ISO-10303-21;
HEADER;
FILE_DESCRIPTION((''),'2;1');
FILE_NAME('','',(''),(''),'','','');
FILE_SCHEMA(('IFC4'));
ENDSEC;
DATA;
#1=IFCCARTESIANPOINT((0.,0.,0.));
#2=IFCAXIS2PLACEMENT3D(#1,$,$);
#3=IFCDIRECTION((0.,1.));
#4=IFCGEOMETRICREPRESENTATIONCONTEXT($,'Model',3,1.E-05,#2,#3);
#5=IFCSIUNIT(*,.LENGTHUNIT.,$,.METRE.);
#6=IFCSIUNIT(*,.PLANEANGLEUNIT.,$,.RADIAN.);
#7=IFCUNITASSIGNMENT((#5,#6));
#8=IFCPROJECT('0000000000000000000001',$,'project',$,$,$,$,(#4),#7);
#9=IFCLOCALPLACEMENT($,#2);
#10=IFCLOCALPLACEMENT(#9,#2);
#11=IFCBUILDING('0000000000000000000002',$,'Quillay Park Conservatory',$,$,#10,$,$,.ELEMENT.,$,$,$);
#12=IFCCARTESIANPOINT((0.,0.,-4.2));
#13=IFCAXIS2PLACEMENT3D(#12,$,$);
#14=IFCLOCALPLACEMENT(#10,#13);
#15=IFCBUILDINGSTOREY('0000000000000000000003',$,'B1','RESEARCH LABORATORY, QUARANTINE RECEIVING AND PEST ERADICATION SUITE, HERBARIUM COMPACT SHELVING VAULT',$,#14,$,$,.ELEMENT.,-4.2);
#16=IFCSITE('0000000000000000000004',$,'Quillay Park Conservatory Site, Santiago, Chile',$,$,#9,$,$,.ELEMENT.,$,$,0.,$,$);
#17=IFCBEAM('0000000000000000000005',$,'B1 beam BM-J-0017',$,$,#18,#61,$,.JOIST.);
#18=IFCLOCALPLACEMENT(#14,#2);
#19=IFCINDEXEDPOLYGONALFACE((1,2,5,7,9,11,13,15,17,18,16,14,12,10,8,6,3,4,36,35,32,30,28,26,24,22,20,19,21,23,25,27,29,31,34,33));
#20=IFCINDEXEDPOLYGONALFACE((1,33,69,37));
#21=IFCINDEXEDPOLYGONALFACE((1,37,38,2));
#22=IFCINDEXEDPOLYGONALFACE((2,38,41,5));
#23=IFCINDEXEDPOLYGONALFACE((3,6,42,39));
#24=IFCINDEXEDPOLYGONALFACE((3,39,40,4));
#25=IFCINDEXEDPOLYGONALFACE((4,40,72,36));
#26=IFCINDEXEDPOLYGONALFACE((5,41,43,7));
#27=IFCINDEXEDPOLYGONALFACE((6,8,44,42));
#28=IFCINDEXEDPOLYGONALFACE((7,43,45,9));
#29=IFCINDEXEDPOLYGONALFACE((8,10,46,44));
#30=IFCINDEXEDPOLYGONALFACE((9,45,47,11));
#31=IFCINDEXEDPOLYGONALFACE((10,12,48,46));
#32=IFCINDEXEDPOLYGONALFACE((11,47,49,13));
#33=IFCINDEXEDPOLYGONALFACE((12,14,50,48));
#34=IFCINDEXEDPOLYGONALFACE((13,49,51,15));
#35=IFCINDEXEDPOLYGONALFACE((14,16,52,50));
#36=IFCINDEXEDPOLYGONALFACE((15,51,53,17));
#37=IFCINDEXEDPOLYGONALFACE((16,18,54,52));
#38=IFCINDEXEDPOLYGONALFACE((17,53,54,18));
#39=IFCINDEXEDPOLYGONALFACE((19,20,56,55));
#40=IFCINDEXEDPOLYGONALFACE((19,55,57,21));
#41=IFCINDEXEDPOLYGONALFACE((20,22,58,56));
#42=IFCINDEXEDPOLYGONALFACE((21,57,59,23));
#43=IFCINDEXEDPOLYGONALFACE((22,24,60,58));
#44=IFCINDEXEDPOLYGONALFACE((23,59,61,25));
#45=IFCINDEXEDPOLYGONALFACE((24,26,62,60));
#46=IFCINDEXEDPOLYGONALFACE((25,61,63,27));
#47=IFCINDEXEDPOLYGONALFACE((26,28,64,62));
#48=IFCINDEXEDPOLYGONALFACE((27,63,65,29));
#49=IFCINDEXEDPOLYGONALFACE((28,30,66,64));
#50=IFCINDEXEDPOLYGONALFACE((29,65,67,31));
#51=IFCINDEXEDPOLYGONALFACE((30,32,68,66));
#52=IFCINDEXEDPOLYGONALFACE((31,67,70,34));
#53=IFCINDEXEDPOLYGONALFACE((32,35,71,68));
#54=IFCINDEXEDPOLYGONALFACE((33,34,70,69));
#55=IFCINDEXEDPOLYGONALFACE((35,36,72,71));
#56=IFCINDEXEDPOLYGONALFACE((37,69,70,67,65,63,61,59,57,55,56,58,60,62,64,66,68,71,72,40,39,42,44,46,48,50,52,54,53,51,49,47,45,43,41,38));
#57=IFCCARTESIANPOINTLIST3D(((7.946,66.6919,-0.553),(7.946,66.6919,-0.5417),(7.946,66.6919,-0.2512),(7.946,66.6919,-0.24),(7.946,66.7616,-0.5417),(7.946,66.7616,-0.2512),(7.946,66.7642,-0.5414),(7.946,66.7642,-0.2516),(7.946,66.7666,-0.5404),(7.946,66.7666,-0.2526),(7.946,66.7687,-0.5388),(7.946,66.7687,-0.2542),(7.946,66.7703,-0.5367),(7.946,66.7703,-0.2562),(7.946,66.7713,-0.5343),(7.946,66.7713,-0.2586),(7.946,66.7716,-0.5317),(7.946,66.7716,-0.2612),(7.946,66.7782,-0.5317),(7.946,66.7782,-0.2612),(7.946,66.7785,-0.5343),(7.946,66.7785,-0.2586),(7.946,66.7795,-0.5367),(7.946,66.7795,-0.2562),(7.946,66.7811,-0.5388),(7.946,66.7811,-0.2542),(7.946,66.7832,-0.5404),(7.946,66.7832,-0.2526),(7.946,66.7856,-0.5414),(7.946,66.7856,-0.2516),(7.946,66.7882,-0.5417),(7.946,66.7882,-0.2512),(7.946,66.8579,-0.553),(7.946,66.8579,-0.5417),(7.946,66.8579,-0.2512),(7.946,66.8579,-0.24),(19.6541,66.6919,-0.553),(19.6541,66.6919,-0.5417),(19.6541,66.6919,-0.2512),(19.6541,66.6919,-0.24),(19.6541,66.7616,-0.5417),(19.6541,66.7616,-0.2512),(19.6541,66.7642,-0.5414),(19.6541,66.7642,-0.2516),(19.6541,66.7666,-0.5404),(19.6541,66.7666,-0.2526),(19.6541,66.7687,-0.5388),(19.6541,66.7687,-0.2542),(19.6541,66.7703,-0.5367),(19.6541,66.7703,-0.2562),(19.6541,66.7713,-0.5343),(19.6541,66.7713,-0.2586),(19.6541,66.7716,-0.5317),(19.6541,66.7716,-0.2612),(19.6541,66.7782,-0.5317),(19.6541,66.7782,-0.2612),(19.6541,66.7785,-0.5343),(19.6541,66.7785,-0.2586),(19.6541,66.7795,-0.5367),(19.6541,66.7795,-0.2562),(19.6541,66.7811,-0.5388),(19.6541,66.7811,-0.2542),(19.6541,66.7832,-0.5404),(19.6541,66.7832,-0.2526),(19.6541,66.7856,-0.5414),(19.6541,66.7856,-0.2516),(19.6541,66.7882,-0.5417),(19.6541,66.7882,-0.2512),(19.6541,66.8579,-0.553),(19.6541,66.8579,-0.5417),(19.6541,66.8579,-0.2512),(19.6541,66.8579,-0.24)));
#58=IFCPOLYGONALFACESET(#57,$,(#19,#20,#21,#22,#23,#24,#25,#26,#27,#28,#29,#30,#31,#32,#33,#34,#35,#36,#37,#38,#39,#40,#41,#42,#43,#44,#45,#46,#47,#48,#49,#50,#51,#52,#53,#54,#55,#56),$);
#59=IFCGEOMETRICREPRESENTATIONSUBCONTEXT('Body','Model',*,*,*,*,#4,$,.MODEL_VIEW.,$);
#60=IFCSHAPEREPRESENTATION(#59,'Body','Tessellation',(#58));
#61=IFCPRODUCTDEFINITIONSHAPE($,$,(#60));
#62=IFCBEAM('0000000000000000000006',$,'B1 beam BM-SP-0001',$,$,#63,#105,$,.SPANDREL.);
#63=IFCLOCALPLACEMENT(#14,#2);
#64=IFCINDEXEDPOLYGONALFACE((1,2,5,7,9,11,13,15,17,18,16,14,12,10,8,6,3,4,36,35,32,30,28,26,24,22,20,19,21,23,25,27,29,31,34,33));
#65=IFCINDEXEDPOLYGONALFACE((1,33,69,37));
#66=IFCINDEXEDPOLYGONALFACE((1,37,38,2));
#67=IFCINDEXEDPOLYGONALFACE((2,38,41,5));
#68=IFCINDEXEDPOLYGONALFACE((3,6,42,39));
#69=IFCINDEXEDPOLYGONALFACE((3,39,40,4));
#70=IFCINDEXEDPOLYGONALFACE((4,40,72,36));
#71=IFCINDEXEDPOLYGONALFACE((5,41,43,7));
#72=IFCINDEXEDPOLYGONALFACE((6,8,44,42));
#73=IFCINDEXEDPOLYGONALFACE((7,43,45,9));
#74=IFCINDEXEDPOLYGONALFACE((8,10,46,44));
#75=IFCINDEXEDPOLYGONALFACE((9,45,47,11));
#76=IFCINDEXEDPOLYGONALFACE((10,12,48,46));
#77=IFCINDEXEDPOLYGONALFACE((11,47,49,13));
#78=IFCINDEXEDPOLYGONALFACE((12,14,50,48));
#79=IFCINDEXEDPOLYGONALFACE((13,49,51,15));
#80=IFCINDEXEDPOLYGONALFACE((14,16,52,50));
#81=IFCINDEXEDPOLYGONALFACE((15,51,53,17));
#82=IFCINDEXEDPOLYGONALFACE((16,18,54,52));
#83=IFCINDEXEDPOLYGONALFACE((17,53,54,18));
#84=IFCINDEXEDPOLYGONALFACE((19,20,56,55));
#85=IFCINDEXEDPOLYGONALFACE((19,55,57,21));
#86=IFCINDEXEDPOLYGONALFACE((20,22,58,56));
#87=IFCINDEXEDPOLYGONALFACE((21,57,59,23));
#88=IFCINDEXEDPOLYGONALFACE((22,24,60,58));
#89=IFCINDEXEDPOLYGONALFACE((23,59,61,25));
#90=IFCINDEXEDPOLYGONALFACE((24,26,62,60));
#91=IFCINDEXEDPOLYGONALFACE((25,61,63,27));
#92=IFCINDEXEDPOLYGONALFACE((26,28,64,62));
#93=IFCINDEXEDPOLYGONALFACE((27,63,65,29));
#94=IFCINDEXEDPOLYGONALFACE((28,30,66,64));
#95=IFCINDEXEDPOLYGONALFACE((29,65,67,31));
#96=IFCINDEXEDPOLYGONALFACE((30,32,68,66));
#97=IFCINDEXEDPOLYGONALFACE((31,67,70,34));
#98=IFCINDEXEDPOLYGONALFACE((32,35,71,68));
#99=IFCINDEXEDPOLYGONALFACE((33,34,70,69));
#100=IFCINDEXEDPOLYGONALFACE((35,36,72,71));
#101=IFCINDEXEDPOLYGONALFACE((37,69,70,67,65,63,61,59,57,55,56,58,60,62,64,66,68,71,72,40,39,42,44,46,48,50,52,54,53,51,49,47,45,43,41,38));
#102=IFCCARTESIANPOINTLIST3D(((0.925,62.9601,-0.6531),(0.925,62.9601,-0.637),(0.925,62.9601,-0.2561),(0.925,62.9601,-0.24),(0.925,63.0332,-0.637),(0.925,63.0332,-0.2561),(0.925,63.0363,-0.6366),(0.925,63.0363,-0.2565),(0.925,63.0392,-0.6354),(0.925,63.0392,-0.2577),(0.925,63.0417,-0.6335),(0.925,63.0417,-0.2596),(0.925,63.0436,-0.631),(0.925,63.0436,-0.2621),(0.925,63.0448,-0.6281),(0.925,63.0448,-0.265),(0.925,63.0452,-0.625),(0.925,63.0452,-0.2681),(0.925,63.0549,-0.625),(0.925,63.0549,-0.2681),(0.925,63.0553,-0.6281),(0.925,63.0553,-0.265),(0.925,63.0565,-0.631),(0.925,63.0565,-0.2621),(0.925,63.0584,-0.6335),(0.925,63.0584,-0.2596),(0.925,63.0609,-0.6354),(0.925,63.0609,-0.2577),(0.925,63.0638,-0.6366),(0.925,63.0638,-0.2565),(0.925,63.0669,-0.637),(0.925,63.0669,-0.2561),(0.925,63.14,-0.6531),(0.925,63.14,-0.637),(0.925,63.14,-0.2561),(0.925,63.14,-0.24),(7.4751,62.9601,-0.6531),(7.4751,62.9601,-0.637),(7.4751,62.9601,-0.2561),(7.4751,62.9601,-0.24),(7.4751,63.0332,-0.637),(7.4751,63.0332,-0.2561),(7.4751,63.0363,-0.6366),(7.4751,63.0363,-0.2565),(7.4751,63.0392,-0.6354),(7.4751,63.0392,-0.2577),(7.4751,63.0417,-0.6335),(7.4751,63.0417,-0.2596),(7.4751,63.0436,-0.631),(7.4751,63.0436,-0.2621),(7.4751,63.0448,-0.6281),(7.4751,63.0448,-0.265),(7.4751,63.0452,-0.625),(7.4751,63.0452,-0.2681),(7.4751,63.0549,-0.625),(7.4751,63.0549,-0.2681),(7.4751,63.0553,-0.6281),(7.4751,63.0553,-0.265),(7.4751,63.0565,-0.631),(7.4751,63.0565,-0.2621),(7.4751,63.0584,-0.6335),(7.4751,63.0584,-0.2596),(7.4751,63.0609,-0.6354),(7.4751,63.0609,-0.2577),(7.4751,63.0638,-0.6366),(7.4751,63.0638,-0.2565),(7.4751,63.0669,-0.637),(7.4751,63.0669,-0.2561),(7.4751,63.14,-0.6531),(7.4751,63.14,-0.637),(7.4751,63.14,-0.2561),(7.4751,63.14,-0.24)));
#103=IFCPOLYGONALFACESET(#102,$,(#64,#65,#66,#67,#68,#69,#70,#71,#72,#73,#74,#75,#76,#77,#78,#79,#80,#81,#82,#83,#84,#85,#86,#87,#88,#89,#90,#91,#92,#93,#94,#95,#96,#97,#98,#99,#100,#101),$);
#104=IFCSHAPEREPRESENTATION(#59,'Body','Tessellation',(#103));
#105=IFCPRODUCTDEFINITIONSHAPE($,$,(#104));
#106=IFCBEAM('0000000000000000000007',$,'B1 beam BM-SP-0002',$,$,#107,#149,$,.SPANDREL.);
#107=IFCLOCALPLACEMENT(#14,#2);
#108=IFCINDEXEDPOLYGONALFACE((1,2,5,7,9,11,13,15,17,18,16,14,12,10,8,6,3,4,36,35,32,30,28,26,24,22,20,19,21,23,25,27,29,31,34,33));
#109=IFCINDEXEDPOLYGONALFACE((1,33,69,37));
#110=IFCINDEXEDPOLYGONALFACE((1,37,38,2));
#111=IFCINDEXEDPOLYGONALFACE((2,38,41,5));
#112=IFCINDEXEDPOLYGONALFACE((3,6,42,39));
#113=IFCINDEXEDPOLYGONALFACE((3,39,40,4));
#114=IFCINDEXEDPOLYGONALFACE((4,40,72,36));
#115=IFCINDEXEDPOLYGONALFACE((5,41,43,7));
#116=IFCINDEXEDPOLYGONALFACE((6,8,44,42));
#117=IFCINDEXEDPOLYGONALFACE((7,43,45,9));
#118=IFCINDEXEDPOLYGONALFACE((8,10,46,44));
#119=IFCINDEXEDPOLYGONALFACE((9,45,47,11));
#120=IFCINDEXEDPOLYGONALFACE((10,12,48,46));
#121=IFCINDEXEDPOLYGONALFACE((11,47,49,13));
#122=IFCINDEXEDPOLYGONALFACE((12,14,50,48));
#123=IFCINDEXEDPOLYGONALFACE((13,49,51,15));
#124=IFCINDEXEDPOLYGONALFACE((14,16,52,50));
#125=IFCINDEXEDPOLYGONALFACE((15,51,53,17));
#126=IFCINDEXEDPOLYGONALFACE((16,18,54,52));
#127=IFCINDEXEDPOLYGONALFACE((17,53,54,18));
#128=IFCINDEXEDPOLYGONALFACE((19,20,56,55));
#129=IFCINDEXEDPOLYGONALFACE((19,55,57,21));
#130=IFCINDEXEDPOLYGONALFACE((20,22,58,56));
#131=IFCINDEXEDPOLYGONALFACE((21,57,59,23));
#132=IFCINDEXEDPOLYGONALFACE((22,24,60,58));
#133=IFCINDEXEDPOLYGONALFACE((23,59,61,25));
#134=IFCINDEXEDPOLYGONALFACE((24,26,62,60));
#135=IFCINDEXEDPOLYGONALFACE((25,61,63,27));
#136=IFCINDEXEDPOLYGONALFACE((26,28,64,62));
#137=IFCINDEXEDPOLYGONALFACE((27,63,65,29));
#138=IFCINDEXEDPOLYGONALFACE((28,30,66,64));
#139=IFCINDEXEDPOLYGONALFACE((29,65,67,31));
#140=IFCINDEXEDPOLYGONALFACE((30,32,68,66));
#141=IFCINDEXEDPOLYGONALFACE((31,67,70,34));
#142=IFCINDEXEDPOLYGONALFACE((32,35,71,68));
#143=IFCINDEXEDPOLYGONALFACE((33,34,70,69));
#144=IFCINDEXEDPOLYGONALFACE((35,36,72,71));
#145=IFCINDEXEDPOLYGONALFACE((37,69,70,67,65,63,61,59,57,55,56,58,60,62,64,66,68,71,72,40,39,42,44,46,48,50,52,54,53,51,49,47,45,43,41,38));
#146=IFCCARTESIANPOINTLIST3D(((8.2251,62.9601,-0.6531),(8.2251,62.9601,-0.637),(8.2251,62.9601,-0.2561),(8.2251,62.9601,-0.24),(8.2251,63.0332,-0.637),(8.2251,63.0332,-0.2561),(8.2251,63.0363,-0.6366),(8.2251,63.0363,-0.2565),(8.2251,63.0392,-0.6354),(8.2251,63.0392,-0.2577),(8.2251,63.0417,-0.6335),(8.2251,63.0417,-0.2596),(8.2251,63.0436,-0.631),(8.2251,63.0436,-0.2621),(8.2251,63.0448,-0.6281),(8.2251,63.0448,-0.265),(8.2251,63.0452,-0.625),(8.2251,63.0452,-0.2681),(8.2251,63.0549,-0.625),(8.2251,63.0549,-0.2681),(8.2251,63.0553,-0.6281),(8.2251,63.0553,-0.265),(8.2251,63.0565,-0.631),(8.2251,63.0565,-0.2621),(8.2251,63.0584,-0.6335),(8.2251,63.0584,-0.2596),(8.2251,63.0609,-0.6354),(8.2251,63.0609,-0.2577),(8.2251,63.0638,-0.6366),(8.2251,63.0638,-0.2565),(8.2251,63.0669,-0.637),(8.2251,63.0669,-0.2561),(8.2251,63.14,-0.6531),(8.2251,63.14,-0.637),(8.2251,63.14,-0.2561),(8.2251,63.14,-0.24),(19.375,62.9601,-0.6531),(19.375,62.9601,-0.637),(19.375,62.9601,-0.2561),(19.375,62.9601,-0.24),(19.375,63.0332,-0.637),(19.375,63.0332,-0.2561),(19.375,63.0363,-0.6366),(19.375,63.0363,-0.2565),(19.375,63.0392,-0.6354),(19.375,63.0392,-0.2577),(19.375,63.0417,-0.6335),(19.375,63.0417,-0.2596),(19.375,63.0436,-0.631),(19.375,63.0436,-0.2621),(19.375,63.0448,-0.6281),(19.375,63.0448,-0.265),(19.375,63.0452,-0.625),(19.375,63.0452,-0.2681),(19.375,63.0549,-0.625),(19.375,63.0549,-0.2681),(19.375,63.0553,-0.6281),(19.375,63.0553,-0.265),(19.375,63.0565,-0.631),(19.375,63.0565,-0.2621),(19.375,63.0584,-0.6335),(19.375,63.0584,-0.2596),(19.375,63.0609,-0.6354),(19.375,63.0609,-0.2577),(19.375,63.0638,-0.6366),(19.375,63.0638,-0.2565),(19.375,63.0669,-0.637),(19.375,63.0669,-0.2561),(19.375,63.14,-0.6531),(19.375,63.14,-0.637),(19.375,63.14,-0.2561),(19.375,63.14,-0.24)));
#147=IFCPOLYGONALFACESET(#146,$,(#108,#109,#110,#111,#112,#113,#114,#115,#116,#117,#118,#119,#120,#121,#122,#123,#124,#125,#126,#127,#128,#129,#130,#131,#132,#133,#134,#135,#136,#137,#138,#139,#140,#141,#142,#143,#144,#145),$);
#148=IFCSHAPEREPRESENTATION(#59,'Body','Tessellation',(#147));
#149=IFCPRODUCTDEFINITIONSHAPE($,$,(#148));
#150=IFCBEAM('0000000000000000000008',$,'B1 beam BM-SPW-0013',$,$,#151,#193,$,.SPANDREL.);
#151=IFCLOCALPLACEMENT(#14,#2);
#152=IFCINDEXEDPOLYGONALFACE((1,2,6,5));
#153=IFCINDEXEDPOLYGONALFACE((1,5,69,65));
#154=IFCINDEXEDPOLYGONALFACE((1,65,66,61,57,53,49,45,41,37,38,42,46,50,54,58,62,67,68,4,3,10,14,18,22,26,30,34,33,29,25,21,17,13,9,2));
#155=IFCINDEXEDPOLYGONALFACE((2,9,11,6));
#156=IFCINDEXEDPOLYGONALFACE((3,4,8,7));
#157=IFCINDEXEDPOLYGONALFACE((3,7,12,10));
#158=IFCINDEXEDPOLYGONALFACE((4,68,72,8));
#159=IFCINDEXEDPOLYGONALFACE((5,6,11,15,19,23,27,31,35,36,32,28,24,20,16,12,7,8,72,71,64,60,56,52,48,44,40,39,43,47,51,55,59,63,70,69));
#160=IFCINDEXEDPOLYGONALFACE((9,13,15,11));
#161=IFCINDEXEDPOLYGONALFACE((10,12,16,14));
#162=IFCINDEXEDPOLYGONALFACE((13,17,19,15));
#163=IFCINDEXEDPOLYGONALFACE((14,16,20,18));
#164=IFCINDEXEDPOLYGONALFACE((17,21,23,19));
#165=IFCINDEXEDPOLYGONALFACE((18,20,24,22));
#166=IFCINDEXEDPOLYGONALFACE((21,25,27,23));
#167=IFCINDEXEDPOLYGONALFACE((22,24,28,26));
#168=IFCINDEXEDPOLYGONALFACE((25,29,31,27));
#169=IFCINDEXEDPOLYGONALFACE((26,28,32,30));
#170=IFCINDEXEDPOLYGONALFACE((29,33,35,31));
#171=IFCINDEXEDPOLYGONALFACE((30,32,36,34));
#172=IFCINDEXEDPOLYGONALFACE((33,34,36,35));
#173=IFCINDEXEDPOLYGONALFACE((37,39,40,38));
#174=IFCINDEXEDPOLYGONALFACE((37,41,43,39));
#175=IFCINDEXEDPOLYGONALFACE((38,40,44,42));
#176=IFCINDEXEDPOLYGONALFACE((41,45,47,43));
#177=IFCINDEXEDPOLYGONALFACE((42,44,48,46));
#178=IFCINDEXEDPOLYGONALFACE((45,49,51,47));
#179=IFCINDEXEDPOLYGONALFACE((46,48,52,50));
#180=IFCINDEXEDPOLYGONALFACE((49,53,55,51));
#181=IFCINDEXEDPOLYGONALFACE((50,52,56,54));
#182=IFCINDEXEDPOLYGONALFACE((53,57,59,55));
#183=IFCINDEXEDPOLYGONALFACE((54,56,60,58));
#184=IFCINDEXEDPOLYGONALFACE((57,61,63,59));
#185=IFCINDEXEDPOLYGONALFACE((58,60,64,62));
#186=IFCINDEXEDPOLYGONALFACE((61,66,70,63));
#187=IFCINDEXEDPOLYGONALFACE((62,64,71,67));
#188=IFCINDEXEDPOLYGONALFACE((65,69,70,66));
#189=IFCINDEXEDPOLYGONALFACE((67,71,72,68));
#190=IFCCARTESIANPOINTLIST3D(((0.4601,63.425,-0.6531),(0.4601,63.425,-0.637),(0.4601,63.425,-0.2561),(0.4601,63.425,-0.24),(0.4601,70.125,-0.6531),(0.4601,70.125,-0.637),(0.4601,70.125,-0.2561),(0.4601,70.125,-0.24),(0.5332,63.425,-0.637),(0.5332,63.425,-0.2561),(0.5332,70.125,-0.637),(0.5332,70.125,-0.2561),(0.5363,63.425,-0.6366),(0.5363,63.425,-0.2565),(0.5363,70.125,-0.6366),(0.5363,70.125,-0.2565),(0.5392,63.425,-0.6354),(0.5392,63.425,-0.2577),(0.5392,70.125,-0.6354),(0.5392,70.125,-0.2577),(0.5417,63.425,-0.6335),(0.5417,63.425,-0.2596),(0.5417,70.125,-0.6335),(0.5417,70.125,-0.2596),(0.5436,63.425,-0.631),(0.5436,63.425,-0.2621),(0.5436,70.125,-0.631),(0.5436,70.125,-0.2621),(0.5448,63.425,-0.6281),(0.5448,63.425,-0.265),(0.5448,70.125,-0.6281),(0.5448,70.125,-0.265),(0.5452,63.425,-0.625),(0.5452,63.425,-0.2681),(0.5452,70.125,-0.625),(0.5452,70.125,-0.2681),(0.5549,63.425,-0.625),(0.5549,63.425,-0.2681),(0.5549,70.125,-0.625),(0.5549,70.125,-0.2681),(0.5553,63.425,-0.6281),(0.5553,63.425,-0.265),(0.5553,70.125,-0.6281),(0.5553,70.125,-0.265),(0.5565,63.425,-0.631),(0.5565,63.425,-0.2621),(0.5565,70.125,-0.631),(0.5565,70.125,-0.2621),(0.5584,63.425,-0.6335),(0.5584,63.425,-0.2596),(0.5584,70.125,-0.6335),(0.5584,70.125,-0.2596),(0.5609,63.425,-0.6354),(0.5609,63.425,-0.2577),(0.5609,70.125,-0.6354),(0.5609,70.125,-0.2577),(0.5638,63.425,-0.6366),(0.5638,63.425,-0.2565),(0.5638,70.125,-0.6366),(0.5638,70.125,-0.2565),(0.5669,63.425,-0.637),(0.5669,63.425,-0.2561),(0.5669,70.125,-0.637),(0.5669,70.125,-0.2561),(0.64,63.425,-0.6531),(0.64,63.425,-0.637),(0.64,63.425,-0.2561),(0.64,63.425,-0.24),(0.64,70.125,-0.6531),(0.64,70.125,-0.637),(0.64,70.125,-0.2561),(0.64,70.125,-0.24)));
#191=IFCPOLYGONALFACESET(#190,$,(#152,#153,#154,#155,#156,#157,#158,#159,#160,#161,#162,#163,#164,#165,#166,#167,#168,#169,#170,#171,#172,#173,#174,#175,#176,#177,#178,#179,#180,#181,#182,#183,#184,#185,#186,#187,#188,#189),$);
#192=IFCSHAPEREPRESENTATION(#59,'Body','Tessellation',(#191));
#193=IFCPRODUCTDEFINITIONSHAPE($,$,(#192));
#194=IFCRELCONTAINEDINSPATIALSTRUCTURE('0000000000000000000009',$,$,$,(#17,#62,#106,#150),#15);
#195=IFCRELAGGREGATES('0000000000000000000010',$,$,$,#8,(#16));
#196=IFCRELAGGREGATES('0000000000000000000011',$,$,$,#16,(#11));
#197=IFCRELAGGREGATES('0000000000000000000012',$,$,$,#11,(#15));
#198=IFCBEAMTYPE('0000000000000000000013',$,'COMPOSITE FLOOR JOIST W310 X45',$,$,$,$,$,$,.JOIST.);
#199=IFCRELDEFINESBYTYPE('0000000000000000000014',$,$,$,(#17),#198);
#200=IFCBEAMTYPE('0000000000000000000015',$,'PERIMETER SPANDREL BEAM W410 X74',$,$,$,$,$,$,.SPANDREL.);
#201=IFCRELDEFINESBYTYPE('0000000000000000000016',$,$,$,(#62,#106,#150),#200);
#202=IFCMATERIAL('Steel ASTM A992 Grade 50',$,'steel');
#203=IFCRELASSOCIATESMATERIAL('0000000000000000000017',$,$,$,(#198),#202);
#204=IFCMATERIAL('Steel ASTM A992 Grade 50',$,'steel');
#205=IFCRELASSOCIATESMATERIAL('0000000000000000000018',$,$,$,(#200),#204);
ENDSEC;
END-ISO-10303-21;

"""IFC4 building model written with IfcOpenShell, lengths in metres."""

from ifc_helpers import new_model, si_unit, direction, frame, origin, origin_2d, place, context, subcontext, project, spatial, i_section, extrude, material, material_profile, profile_set, type_object, element, save


model = new_model("IFC4")

# Units and contexts
model_context = context("Model", 3, precision=1e-05, world=origin(), true_north=direction((0.0, 1.0)))
body_context = subcontext(model_context, "Body", "Model", "MODEL_VIEW")
ifc_project = project(units=[si_unit("LENGTHUNIT", "METRE"), si_unit("PLANEANGLEUNIT", "RADIAN")], contexts=[model_context])

# Site, building, storey
site_placement = place(None, origin())
site = spatial("IfcSite", under=ifc_project, at=site_placement, Name="Quillay Park Conservatory Site, Santiago, Chile", CompositionType="ELEMENT", RefElevation=0.0)
building_placement = place(site_placement, origin())
building = spatial("IfcBuilding", under=site, at=building_placement, Name="Quillay Park Conservatory", CompositionType="ELEMENT")
storey_placement = place(building_placement, frame((0.0, 0.0, -4.2)))
storey = spatial("IfcBuildingStorey", under=building, at=storey_placement, Name="B1", Description="RESEARCH LABORATORY, QUARANTINE RECEIVING AND PEST ERADICATION SUITE, HERBARIUM COMPACT SHELVING VAULT", CompositionType="ELEMENT", Elevation=-4.2)

# Beams
ifc_material_1 = material(Name="Steel ASTM A992 Grade 50", Category="steel")
ifc_material_profile_1 = material_profile(ifc_material_1, i_section(OverallWidth=0.166, OverallDepth=0.313, WebThickness=0.0066, FlangeThickness=0.0112, FilletRadius=0.01, at=origin_2d()), Name="W310x45")
ifc_profile_set_1 = profile_set([ifc_material_profile_1], Name="Steel ASTM A992 Grade 50")
beam_type_1 = type_object("IfcBeamType", Name="COMPOSITE FLOOR JOIST W310 X45", PredefinedType="JOIST", material=ifc_profile_set_1)
beam_1_placement = place(storey_placement, frame((7.946, 66.7749, -0.3965), z_axis=(1.0, 0.0, 0.0), x_axis=(0.0, 1.0, 0.0)))
element("IfcBeam", 1, at=beam_1_placement, inside=storey, type_object=beam_type_1, Name="B1 beam BM-J-0017", PredefinedType="JOIST", context=body_context, shape_type="SweptSolid", body=[
    extrude(i_section(OverallWidth=0.166, OverallDepth=0.313, WebThickness=0.0066, FlangeThickness=0.0112, FilletRadius=0.01, at=origin_2d()), origin(), (0.0, 0.0, 1.0), 11.708),
])
ifc_material_2 = material(Name="Steel ASTM A992 Grade 50", Category="steel")
ifc_material_profile_2 = material_profile(ifc_material_2, i_section(OverallWidth=0.1799, OverallDepth=0.4131, WebThickness=0.0098, FlangeThickness=0.0161, FilletRadius=0.012, at=origin_2d()), Name="W410x74")
ifc_profile_set_2 = profile_set([ifc_material_profile_2], Name="Steel ASTM A992 Grade 50")
beam_type_2 = type_object("IfcBeamType", Name="PERIMETER SPANDREL BEAM W410 X74", PredefinedType="SPANDREL", material=ifc_profile_set_2)
beam_2_placement = place(storey_placement, frame((0.925, 63.05, -0.4465), z_axis=(1.0, 0.0, 0.0), x_axis=(0.0, 1.0, 0.0)))
element("IfcBeam", 2, at=beam_2_placement, inside=storey, type_object=beam_type_2, Name="B1 beam BM-SP-0001", PredefinedType="SPANDREL", context=body_context, shape_type="SweptSolid", body=[
    extrude(i_section(OverallWidth=0.1799, OverallDepth=0.4131, WebThickness=0.0098, FlangeThickness=0.0161, FilletRadius=0.012, at=origin_2d()), origin(), (0.0, 0.0, 1.0), 6.55),
])
beam_3_placement = place(storey_placement, frame((8.2251, 63.05, -0.4465), z_axis=(1.0, 0.0, 0.0), x_axis=(0.0, 1.0, 0.0)))
element("IfcBeam", 3, at=beam_3_placement, inside=storey, type_object=beam_type_2, Name="B1 beam BM-SP-0002", PredefinedType="SPANDREL", context=body_context, shape_type="SweptSolid", body=[
    extrude(i_section(OverallWidth=0.1799, OverallDepth=0.4131, WebThickness=0.0098, FlangeThickness=0.0161, FilletRadius=0.012, at=origin_2d()), origin(), (0.0, 0.0, 1.0), 11.1499),
])
beam_4_placement = place(storey_placement, frame((0.55, 63.425, -0.4465), z_axis=(0.0, 1.0, 0.0), x_axis=(-1.0, 0.0, 0.0)))
element("IfcBeam", 4, at=beam_4_placement, inside=storey, type_object=beam_type_2, Name="B1 beam BM-SPW-0013", PredefinedType="SPANDREL", context=body_context, shape_type="SweptSolid", body=[
    extrude(i_section(OverallWidth=0.1799, OverallDepth=0.4131, WebThickness=0.0098, FlangeThickness=0.0161, FilletRadius=0.012, at=origin_2d()), origin(), (0.0, 0.0, 1.0), 6.7),
])

save(model, "model.ifc")
